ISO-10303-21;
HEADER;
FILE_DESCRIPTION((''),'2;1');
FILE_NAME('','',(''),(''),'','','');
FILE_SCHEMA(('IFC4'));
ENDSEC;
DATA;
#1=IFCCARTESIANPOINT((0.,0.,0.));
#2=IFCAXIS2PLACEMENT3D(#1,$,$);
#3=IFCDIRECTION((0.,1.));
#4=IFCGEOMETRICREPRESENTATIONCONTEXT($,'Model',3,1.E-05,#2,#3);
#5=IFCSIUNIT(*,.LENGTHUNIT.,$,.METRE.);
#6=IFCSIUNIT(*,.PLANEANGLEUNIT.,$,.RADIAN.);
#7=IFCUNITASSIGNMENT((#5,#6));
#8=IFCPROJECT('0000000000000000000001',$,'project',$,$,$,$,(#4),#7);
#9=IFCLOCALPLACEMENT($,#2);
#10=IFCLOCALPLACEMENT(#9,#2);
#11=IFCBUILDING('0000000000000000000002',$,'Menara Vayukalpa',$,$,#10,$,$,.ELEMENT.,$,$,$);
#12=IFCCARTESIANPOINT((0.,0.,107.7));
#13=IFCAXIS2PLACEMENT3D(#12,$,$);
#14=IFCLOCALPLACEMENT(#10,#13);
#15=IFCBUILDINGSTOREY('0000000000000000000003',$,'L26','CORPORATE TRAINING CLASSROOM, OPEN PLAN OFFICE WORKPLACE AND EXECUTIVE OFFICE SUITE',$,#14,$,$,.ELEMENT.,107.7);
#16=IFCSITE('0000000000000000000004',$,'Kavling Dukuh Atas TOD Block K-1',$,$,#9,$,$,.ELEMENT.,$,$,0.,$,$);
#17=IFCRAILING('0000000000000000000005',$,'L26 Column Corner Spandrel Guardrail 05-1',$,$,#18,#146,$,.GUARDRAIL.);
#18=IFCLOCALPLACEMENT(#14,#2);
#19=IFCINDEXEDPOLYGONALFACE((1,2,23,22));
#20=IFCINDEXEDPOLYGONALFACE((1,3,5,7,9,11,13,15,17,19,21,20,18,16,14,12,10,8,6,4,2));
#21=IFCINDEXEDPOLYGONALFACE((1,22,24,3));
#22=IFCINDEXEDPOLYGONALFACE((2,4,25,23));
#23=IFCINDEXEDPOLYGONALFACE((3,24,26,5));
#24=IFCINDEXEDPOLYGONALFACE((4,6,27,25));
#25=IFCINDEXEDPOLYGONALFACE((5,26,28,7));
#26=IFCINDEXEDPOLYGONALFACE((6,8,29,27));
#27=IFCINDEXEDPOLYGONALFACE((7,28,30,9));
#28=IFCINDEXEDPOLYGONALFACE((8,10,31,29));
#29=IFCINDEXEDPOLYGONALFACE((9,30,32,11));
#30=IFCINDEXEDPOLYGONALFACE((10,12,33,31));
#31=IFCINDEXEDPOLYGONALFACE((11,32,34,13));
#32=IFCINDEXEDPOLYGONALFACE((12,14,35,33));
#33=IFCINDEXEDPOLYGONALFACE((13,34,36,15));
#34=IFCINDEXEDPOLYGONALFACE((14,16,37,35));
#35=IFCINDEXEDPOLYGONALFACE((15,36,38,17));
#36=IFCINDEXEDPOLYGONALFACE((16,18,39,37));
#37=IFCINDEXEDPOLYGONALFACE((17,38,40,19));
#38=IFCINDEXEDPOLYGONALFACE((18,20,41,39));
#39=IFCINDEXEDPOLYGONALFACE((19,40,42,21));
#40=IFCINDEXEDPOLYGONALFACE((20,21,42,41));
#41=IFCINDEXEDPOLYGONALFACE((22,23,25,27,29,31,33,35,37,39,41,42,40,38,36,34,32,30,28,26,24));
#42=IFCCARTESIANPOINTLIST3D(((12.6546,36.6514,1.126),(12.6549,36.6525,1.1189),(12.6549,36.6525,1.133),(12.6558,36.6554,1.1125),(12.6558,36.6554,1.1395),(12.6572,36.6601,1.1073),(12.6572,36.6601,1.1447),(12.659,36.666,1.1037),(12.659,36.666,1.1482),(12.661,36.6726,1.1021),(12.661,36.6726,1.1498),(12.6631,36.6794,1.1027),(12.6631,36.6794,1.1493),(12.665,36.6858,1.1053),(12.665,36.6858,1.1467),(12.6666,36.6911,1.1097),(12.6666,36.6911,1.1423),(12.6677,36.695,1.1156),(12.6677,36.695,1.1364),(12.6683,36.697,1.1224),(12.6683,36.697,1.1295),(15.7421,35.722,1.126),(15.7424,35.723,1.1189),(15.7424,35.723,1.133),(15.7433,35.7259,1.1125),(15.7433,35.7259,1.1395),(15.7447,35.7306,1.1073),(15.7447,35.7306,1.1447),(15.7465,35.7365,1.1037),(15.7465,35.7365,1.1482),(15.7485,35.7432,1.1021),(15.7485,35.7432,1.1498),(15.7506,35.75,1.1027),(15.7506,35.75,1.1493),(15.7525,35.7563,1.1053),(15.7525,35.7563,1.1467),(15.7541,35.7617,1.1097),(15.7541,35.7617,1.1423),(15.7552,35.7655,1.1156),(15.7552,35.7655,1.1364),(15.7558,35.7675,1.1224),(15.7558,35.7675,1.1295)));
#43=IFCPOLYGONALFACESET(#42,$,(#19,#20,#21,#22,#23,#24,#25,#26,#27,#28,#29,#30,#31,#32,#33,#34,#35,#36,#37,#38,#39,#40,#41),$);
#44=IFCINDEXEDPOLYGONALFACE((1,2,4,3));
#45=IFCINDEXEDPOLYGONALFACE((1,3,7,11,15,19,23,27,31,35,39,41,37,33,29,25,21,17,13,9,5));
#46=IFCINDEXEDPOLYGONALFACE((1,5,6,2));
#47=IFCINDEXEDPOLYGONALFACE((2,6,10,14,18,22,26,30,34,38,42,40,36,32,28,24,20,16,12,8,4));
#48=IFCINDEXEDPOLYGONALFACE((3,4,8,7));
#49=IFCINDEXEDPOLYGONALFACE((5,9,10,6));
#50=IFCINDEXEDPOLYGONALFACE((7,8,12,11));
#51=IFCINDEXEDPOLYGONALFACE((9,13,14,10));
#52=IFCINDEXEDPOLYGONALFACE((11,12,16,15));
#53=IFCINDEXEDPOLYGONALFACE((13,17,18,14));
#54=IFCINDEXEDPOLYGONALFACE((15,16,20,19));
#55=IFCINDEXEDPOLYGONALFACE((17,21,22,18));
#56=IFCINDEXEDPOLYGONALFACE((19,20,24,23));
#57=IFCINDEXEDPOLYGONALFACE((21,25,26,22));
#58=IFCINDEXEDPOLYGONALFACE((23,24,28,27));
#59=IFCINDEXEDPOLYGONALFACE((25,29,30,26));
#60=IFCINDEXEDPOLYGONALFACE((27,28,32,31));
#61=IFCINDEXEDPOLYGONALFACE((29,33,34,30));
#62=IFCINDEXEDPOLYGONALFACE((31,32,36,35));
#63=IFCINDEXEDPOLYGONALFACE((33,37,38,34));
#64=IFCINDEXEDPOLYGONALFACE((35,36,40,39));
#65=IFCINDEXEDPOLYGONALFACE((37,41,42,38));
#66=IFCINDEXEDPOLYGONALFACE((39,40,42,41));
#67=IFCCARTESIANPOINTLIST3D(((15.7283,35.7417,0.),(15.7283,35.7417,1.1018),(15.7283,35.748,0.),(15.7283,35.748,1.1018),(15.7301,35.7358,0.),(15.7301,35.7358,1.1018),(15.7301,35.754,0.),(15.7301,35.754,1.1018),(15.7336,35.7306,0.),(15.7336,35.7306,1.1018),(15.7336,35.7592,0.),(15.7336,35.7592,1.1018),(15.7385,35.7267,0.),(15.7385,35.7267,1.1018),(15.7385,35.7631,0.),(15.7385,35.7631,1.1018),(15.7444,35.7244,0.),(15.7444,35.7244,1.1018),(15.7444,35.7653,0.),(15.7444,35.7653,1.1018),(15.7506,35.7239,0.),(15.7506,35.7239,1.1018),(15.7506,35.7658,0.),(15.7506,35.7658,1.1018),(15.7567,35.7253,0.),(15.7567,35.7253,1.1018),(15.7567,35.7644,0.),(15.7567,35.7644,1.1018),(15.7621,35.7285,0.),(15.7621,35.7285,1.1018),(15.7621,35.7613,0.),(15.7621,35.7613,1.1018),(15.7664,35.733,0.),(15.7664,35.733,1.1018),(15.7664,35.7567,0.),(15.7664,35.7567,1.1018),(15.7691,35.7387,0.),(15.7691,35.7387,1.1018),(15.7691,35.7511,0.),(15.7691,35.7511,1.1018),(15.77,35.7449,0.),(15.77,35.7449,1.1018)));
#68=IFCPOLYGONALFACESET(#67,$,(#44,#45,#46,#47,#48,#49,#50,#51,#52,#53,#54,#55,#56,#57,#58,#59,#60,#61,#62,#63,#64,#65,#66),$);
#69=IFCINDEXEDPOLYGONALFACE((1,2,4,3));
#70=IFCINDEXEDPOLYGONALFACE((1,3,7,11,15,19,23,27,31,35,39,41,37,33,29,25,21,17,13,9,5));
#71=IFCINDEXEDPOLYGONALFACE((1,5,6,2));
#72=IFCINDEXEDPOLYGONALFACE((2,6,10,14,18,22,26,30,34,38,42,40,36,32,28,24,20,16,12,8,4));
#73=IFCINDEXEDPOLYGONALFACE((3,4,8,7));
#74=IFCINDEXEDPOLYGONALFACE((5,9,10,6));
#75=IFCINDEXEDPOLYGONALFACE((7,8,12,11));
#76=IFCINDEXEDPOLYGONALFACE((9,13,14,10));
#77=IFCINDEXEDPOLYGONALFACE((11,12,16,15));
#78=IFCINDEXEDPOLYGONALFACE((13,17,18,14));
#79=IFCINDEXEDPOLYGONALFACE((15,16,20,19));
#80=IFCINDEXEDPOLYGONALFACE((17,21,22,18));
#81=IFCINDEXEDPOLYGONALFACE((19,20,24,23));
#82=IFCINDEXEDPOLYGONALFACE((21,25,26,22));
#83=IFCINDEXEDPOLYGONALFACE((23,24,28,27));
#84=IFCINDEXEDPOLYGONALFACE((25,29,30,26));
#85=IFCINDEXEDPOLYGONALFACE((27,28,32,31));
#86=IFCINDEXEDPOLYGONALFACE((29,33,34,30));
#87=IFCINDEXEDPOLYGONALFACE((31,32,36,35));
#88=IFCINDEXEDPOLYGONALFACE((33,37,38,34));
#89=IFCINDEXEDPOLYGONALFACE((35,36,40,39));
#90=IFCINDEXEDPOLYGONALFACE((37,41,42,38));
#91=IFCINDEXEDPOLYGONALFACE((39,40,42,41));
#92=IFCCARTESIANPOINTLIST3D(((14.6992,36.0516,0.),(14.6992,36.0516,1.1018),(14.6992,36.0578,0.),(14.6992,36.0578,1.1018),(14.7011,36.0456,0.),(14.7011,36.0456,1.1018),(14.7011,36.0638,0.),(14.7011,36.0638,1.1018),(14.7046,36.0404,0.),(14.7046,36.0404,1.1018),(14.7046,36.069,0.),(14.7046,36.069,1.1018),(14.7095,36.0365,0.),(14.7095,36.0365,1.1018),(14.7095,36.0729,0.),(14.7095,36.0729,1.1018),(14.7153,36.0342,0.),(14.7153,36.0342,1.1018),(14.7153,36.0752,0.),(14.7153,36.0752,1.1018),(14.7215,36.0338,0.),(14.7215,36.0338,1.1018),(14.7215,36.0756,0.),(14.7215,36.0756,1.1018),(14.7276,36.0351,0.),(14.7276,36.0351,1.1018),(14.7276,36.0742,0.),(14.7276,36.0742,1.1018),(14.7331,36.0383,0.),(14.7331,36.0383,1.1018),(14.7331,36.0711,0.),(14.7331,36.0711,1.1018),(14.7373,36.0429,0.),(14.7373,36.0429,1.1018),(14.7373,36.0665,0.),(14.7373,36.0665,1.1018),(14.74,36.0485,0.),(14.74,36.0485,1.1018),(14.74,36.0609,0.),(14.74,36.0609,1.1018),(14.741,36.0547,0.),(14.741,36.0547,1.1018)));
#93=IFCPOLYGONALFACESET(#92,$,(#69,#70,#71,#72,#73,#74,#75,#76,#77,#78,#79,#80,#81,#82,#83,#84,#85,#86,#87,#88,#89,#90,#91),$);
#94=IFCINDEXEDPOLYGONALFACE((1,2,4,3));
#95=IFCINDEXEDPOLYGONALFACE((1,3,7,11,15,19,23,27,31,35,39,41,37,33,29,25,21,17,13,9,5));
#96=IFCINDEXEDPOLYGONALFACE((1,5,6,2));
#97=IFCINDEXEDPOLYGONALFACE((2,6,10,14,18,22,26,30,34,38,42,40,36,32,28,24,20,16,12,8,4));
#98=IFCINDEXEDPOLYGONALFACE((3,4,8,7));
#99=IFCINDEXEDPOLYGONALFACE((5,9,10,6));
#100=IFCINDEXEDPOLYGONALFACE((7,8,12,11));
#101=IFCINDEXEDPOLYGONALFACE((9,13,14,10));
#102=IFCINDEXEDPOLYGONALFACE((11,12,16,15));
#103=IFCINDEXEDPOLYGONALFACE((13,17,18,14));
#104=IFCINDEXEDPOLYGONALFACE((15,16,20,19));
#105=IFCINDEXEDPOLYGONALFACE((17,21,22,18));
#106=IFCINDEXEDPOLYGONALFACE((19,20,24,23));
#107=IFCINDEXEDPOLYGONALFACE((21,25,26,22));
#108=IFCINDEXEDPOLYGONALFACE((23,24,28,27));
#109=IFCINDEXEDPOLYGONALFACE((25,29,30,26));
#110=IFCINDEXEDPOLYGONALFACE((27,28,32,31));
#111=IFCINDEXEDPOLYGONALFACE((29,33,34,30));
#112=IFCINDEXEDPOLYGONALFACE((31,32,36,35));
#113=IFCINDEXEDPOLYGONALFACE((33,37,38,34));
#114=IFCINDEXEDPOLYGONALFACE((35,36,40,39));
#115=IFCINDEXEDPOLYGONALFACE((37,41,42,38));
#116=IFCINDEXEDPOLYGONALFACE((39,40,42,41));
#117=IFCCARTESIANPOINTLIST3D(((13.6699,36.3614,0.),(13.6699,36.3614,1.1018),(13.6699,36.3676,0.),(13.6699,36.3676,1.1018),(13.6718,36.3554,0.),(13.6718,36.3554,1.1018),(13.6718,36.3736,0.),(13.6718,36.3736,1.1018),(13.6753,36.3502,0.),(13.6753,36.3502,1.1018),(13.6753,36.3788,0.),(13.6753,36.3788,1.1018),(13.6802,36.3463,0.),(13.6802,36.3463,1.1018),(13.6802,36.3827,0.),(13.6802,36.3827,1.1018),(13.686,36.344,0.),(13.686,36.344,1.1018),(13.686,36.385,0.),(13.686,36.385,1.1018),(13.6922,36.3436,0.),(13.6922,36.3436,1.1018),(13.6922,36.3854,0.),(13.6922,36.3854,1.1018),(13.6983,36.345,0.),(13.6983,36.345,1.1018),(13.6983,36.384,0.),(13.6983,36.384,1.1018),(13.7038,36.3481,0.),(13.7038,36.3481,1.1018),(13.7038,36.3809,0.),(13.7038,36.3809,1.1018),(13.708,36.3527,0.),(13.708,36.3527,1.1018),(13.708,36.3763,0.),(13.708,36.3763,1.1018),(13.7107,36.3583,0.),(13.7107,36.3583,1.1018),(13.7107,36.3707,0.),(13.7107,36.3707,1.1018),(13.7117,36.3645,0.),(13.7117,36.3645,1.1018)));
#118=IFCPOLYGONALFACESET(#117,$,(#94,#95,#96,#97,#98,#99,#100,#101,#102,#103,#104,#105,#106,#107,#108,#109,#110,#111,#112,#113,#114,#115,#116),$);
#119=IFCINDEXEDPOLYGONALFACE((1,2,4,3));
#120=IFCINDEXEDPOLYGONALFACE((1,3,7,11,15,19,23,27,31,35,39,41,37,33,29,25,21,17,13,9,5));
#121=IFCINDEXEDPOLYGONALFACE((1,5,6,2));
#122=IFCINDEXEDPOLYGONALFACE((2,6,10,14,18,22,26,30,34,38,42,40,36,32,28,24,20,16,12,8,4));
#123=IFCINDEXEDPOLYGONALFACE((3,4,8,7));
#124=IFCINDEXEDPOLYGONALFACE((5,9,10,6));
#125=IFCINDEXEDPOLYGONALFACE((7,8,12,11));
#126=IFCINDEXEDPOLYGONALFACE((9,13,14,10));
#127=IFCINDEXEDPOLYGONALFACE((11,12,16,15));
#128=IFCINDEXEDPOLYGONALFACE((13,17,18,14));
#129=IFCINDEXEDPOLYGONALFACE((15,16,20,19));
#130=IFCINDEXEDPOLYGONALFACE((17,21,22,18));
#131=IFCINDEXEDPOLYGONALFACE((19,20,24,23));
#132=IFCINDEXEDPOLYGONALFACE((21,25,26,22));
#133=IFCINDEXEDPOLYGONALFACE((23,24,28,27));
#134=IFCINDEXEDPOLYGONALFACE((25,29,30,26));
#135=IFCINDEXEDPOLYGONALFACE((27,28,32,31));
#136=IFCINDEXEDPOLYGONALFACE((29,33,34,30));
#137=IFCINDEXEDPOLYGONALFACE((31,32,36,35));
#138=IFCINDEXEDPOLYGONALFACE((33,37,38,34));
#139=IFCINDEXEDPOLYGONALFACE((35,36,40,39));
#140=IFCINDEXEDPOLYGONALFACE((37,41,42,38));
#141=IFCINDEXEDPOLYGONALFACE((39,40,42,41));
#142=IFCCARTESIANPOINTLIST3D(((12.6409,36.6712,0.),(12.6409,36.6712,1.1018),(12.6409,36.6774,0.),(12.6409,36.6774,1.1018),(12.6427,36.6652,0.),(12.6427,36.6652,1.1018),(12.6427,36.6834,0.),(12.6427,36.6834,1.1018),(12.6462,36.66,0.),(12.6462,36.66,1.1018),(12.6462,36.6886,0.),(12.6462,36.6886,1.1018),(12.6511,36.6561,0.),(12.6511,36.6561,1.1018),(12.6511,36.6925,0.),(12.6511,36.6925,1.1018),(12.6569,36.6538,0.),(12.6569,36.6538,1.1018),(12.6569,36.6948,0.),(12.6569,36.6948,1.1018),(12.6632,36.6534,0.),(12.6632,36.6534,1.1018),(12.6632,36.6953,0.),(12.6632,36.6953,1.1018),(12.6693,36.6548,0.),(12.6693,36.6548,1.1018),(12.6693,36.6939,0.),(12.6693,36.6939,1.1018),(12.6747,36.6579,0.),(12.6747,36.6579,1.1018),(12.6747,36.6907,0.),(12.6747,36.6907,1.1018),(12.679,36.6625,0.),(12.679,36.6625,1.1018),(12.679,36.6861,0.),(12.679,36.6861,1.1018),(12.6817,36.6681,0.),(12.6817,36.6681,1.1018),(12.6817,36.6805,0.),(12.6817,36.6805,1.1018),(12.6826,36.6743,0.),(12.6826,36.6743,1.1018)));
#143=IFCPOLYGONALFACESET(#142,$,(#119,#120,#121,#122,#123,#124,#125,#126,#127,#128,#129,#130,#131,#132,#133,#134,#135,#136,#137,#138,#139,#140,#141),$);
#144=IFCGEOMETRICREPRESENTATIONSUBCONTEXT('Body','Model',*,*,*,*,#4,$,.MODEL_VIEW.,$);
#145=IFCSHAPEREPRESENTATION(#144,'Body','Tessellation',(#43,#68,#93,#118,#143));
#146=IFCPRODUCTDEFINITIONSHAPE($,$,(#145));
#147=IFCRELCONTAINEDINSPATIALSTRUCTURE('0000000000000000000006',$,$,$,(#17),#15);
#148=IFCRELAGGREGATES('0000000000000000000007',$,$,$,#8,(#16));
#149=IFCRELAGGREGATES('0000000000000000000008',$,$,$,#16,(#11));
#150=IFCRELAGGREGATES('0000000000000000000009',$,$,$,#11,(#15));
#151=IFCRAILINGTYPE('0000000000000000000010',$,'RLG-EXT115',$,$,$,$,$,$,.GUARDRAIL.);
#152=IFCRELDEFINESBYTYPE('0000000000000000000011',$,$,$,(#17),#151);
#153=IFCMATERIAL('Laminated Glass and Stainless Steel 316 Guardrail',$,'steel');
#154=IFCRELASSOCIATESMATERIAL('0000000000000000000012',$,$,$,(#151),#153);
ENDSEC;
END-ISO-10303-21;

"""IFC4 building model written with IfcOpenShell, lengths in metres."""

from ifc_helpers import new_model, si_unit, direction, frame, origin, origin_2d, place, context, subcontext, project, spatial, circle, extrude, material, type_object, element, save


model = new_model("IFC4")

# Units and contexts
model_context = context("Model", 3, precision=1e-05, world=origin(), true_north=direction((0.0, 1.0)))
body_context = subcontext(model_context, "Body", "Model", "MODEL_VIEW")
ifc_project = project(units=[si_unit("LENGTHUNIT", "METRE"), si_unit("PLANEANGLEUNIT", "RADIAN")], contexts=[model_context])

# Site, building, storey
site_placement = place(None, origin())
site = spatial("IfcSite", under=ifc_project, at=site_placement, Name="Kavling Dukuh Atas TOD Block K-1", CompositionType="ELEMENT", RefElevation=0.0)
building_placement = place(site_placement, origin())
building = spatial("IfcBuilding", under=site, at=building_placement, Name="Menara Vayukalpa", CompositionType="ELEMENT")
storey_placement = place(building_placement, frame((0.0, 0.0, 107.7)))
storey = spatial("IfcBuildingStorey", under=building, at=storey_placement, Name="L26", Description="CORPORATE TRAINING CLASSROOM, OPEN PLAN OFFICE WORKPLACE AND EXECUTIVE OFFICE SUITE", CompositionType="ELEMENT", Elevation=107.7)

# Railing
ifc_material_1 = material(Name="Laminated Glass and Stainless Steel 316 Guardrail", Category="steel")
railing_type = type_object("IfcRailingType", Name="RLG-EXT115", PredefinedType="GUARDRAIL", material=ifc_material_1)
railing_placement = place(storey_placement, frame((15.749, 35.7449, 0.0)))
element("IfcRailing", 1, at=railing_placement, inside=storey, type_object=railing_type, Name="L26 Column Corner Spandrel Guardrail 05-1", PredefinedType="GUARDRAIL", context=body_context, shape_type="SweptSolid", body=[
    extrude(circle(Radius=0.0239, at=origin_2d()), frame((0.0, 0.0, 1.126), z_axis=(-0.957551, 0.288265, 0.0), x_axis=(-0.288265, -0.957551, 0.0)), (0.0, 0.0, 1.0), 3.2244),
    extrude(circle(Radius=0.021, at=origin_2d()), origin(), (0.0, 0.0, 1.0), 1.1018),
    extrude(circle(Radius=0.021, at=origin_2d()), frame((-1.0291, 0.3098, 0.0)), (0.0, 0.0, 1.0), 1.1018),
    extrude(circle(Radius=0.021, at=origin_2d()), frame((-2.0583, 0.6196, 0.0)), (0.0, 0.0, 1.0), 1.1018),
    extrude(circle(Radius=0.021, at=origin_2d()), frame((-3.0874, 0.9294, 0.0)), (0.0, 0.0, 1.0), 1.1018),
])

save(model, "model.ifc")
